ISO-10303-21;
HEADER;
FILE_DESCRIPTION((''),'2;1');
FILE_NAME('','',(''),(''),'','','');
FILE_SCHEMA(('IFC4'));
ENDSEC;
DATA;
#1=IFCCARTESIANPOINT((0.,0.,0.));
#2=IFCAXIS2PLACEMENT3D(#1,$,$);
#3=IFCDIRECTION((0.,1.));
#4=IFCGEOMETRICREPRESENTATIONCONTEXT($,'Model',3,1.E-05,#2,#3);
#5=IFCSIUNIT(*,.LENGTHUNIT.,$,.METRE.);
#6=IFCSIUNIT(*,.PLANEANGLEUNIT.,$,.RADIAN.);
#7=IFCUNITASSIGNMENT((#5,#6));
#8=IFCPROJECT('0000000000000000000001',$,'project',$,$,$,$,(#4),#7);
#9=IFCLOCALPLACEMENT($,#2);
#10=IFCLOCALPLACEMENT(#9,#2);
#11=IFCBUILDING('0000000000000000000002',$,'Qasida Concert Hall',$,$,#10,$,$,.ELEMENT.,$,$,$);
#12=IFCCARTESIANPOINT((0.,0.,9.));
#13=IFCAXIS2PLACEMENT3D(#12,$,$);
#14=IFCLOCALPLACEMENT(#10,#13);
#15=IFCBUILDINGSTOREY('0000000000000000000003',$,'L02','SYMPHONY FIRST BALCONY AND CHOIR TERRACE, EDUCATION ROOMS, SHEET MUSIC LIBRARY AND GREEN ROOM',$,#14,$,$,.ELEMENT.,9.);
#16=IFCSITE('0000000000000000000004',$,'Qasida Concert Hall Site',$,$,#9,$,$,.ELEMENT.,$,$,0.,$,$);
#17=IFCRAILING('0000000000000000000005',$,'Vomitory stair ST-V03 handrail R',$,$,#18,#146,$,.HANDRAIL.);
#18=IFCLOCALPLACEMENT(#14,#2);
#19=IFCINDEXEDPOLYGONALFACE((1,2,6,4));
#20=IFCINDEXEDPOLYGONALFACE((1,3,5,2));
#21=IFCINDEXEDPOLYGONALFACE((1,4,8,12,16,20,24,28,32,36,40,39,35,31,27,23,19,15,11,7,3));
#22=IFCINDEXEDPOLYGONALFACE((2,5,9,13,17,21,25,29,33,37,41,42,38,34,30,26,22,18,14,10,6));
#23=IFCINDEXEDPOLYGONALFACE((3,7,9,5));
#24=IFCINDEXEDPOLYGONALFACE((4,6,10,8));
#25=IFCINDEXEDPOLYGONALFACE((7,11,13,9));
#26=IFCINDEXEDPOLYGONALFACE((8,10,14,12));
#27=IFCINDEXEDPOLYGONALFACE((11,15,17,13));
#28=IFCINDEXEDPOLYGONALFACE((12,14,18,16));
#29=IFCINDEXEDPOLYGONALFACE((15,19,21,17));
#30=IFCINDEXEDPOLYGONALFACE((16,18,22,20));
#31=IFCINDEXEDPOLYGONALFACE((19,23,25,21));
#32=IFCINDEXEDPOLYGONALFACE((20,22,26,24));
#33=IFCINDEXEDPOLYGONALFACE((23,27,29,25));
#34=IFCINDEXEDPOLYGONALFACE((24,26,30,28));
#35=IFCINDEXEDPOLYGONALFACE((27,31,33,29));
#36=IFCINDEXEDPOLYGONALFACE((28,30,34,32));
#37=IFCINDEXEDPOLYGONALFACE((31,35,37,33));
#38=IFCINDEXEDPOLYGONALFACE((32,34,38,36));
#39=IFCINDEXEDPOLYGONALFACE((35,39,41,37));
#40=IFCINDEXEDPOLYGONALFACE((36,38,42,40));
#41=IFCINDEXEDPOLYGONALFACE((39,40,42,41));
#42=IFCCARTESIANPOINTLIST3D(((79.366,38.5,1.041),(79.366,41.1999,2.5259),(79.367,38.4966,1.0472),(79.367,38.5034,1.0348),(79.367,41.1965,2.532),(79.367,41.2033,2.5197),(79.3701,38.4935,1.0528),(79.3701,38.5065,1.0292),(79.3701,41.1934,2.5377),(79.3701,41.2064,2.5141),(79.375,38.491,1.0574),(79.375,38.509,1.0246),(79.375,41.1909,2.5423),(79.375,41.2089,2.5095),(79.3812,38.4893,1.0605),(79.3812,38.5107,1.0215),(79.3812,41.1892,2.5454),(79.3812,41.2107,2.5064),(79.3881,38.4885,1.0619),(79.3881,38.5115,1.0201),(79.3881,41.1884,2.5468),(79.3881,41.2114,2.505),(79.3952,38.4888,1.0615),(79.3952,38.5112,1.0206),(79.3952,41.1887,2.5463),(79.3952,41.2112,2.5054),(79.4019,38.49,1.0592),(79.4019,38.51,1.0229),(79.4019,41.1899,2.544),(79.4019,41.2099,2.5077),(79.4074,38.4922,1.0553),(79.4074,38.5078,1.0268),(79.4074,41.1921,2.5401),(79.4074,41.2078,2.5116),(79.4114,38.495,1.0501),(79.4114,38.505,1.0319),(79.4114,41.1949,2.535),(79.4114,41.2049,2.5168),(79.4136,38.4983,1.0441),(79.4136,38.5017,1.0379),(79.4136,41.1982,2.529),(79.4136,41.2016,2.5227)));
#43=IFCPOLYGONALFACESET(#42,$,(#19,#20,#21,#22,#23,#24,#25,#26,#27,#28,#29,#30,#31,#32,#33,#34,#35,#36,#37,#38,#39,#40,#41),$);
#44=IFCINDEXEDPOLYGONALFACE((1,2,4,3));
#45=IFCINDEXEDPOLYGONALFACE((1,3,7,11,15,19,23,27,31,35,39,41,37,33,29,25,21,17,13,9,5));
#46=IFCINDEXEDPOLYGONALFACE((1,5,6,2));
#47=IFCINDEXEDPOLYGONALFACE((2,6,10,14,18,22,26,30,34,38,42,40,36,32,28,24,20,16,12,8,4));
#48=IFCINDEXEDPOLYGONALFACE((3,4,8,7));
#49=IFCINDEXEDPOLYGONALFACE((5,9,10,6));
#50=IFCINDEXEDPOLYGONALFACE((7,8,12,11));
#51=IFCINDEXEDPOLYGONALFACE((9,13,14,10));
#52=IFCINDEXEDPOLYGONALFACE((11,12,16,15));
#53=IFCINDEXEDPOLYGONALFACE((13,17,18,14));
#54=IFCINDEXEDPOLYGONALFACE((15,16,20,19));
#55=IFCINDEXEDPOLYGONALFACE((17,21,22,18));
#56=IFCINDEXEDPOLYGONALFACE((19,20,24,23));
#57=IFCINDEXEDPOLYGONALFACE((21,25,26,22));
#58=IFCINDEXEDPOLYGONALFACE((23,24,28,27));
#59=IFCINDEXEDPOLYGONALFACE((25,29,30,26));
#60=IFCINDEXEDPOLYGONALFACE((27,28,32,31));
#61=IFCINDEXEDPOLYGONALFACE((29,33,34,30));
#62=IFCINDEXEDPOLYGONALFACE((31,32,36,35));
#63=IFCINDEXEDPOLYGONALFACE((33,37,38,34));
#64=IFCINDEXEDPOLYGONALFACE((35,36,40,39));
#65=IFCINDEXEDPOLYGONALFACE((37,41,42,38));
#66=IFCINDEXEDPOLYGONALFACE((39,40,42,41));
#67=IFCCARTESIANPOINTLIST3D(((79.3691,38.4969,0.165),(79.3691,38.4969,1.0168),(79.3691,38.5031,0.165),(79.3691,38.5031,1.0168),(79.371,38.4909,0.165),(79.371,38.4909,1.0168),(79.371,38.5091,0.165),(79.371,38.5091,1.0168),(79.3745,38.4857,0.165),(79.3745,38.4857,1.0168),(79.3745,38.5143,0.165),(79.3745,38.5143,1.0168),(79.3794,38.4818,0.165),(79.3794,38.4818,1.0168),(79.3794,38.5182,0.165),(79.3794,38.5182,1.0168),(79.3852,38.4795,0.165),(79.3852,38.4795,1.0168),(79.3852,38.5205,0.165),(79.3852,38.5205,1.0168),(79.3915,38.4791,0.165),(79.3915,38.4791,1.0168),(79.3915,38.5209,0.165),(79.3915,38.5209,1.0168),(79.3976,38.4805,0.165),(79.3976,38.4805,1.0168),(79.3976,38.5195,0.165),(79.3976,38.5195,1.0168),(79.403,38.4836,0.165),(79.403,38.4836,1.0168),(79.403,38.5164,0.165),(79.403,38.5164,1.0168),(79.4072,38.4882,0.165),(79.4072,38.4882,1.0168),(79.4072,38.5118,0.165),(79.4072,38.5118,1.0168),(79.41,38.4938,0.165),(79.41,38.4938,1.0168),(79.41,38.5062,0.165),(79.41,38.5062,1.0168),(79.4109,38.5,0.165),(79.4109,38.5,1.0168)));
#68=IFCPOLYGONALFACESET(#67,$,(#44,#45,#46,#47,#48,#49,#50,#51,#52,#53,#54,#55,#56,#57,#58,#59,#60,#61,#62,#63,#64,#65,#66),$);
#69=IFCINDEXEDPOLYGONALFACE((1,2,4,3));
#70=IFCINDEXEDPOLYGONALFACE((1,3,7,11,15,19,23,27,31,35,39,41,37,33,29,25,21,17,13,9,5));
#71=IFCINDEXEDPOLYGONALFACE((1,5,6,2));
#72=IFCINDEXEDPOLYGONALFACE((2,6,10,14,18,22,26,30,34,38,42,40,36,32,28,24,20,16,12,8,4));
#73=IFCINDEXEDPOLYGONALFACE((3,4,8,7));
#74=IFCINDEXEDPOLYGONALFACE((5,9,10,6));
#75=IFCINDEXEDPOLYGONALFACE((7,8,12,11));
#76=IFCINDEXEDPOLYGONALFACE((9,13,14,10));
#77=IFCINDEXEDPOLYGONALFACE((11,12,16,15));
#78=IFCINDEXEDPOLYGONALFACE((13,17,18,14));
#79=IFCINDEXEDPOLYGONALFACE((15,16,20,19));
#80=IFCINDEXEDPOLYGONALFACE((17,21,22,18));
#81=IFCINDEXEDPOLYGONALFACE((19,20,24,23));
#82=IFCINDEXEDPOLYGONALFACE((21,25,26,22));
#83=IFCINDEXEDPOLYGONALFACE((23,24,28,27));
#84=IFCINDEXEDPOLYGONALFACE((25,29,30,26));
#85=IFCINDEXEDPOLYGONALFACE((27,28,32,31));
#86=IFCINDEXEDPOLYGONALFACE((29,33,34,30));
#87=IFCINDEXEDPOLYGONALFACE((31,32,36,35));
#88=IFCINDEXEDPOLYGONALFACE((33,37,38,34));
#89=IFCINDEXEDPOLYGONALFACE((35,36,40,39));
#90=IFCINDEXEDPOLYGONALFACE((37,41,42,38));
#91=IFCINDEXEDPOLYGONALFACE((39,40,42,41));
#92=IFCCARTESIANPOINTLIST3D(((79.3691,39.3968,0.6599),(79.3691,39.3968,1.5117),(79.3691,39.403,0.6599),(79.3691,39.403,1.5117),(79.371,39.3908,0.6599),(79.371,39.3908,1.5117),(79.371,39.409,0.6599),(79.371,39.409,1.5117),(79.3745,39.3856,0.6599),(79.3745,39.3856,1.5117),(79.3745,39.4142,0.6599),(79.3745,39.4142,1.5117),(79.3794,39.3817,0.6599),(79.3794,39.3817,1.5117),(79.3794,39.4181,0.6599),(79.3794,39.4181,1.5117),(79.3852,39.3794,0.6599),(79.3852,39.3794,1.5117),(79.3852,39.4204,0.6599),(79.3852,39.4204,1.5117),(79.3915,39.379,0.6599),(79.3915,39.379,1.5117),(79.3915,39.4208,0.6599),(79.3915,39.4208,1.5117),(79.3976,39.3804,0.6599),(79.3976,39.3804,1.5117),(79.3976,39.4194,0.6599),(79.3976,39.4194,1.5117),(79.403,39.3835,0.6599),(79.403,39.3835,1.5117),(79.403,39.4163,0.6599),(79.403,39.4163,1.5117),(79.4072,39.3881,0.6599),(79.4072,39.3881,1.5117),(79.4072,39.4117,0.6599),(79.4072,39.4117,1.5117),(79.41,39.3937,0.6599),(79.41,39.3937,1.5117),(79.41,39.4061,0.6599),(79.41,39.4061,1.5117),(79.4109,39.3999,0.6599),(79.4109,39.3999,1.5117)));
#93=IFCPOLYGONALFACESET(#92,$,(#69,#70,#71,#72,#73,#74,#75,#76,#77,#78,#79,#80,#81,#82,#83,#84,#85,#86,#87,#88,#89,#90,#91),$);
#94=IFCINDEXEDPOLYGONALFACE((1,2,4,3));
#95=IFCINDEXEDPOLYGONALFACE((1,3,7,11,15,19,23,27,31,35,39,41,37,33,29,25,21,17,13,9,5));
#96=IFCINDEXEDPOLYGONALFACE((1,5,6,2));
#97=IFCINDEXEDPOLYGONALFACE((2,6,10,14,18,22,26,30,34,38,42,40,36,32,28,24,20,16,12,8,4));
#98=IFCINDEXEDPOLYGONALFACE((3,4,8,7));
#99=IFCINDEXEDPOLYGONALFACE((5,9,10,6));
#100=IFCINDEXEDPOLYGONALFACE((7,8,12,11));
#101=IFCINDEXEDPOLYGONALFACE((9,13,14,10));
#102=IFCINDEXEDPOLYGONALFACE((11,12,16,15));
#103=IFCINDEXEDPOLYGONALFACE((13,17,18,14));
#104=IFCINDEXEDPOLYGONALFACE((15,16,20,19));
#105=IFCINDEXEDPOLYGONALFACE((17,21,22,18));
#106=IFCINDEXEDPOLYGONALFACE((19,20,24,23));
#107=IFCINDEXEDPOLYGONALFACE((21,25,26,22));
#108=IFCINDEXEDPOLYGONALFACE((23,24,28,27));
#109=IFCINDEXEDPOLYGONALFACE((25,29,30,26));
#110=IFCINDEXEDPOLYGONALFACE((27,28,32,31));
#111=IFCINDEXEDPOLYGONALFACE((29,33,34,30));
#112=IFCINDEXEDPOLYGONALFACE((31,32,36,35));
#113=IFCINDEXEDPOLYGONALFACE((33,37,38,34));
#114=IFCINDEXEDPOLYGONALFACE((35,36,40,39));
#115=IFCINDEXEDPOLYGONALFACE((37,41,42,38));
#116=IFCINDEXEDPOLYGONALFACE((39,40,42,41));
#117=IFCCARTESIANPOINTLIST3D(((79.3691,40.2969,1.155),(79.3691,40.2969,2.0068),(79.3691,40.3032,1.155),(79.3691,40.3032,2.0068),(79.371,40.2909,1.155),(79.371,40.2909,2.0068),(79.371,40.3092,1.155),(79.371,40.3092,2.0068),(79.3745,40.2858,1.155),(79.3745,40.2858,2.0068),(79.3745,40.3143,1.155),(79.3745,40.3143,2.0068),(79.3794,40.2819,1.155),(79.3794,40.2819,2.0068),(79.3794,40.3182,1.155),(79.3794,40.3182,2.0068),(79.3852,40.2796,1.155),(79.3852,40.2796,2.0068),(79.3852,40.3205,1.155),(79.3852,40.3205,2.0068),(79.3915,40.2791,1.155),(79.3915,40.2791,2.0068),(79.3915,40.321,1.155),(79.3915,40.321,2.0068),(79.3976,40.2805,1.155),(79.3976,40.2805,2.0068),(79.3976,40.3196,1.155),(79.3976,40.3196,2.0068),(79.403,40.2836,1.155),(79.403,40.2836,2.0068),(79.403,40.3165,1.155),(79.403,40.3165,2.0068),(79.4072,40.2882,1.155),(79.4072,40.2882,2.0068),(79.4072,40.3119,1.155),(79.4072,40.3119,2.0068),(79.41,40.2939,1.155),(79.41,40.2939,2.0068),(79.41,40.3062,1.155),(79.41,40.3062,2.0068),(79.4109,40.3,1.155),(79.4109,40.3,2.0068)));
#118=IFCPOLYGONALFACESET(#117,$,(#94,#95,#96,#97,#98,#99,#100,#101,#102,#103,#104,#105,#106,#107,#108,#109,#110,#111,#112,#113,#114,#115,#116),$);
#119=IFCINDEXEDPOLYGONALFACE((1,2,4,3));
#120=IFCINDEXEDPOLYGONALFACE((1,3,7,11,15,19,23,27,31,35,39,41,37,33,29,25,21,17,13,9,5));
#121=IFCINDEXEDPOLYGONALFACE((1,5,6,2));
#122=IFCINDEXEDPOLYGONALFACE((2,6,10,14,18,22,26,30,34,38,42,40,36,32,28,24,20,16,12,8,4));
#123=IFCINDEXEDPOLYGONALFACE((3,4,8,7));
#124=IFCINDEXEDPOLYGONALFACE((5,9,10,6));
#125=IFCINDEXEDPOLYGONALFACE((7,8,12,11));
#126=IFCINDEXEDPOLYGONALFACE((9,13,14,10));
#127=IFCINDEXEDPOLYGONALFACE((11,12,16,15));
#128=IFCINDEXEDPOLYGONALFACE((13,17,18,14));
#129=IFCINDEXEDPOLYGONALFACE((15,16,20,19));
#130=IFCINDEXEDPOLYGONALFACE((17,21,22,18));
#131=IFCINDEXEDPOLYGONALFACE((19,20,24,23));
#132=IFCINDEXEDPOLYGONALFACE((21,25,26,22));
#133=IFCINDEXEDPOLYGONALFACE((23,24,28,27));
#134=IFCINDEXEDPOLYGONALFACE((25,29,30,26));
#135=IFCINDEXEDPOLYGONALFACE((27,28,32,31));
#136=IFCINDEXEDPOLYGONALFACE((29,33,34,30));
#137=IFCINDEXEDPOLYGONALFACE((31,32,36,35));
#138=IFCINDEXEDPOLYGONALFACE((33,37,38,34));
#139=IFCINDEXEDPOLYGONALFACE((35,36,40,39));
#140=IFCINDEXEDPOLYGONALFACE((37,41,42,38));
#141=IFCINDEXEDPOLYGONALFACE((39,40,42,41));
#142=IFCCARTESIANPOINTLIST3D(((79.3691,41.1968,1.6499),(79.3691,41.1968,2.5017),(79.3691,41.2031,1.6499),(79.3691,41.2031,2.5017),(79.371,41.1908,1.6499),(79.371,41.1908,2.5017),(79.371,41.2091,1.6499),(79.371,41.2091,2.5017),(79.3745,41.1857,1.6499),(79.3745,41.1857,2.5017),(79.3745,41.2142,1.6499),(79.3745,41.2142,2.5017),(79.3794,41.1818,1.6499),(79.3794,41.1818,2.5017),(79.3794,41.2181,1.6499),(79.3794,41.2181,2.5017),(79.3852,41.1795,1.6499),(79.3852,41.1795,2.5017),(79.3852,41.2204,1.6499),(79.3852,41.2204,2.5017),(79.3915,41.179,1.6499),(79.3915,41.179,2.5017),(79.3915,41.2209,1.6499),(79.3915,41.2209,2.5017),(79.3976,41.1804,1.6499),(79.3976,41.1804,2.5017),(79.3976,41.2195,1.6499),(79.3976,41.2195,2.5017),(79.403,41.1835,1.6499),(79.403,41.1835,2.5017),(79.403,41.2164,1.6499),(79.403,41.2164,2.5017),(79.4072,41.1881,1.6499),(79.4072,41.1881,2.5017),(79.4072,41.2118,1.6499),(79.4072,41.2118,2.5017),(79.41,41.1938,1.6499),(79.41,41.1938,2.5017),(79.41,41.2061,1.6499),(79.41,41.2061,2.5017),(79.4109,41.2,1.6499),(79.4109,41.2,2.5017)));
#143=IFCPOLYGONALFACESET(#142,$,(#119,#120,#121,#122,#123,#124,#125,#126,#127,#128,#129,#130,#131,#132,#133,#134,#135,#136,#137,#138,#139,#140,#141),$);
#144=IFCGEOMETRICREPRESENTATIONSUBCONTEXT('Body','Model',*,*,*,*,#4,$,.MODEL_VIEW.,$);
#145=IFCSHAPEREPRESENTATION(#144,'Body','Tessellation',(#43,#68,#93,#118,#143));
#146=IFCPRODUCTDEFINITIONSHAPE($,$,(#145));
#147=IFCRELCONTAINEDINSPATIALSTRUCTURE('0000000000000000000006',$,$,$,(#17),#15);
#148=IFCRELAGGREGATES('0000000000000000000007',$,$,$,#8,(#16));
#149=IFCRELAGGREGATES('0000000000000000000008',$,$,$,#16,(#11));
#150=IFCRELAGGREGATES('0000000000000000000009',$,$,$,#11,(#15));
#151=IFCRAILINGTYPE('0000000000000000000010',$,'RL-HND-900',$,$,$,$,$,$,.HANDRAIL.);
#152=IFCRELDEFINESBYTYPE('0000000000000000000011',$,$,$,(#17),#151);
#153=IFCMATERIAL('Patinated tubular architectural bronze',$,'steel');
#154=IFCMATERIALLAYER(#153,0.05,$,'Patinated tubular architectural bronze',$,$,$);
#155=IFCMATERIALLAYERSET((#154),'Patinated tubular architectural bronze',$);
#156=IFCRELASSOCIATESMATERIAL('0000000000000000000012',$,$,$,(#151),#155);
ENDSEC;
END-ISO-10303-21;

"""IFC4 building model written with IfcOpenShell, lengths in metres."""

from ifc_helpers import new_model, si_unit, direction, frame, origin, origin_2d, place, context, subcontext, project, spatial, circle, extrude, material, layer, layer_set, type_object, element, save


model = new_model("IFC4")

# Units and contexts
model_context = context("Model", 3, precision=1e-05, world=origin(), true_north=direction((0.0, 1.0)))
body_context = subcontext(model_context, "Body", "Model", "MODEL_VIEW")
ifc_project = project(units=[si_unit("LENGTHUNIT", "METRE"), si_unit("PLANEANGLEUNIT", "RADIAN")], contexts=[model_context])

# Site, building, storey
site_placement = place(None, origin())
site = spatial("IfcSite", under=ifc_project, at=site_placement, Name="Qasida Concert Hall Site", CompositionType="ELEMENT", RefElevation=0.0)
building_placement = place(site_placement, origin())
building = spatial("IfcBuilding", under=site, at=building_placement, Name="Qasida Concert Hall", CompositionType="ELEMENT")
storey_placement = place(building_placement, frame((0.0, 0.0, 9.0)))
storey = spatial("IfcBuildingStorey", under=building, at=storey_placement, Name="L02", Description="SYMPHONY FIRST BALCONY AND CHOIR TERRACE, EDUCATION ROOMS, SHEET MUSIC LIBRARY AND GREEN ROOM", CompositionType="ELEMENT", Elevation=9.0)

# Railing
ifc_material_1 = material(Name="Patinated tubular architectural bronze", Category="steel")
ifc_layer_1 = layer(ifc_material_1, 0.05, Name="Patinated tubular architectural bronze")
ifc_layer_set_1 = layer_set([ifc_layer_1], Name="Patinated tubular architectural bronze")
railing_type_1 = type_object("IfcRailingType", Name="RL-HND-900", PredefinedType="HANDRAIL", material=ifc_layer_set_1)
for number, where, name in (
    (1, (79.3899, 38.5, 0.165), "Vomitory stair ST-V03 handrail R"),
):
    element("IfcRailing", number, at=place(storey_placement, frame(where)), inside=storey, type_object=railing_type_1, Name=name, PredefinedType="HANDRAIL", context=body_context, shape_type="SweptSolid", body=[
        extrude(circle(Radius=0.0239, at=origin_2d()), frame((0.0, 0.0, 0.876), z_axis=(0.0, 0.876231, 0.481891), x_axis=(-1.0, 0.0, 0.0)), (0.0, 0.0, 1.0), 3.0813),
        extrude(circle(Radius=0.021, at=origin_2d()), origin(), (0.0, 0.0, 1.0), 0.8518),
        extrude(circle(Radius=0.021, at=origin_2d()), frame((0.0, 0.8999, 0.4949)), (0.0, 0.0, 1.0), 0.8518),
        extrude(circle(Radius=0.021, at=origin_2d()), frame((0.0, 1.8, 0.99)), (0.0, 0.0, 1.0), 0.8518),
        extrude(circle(Radius=0.021, at=origin_2d()), frame((0.0, 2.7, 1.4849)), (0.0, 0.0, 1.0), 0.8518),
    ])

save(model, "model.ifc")
